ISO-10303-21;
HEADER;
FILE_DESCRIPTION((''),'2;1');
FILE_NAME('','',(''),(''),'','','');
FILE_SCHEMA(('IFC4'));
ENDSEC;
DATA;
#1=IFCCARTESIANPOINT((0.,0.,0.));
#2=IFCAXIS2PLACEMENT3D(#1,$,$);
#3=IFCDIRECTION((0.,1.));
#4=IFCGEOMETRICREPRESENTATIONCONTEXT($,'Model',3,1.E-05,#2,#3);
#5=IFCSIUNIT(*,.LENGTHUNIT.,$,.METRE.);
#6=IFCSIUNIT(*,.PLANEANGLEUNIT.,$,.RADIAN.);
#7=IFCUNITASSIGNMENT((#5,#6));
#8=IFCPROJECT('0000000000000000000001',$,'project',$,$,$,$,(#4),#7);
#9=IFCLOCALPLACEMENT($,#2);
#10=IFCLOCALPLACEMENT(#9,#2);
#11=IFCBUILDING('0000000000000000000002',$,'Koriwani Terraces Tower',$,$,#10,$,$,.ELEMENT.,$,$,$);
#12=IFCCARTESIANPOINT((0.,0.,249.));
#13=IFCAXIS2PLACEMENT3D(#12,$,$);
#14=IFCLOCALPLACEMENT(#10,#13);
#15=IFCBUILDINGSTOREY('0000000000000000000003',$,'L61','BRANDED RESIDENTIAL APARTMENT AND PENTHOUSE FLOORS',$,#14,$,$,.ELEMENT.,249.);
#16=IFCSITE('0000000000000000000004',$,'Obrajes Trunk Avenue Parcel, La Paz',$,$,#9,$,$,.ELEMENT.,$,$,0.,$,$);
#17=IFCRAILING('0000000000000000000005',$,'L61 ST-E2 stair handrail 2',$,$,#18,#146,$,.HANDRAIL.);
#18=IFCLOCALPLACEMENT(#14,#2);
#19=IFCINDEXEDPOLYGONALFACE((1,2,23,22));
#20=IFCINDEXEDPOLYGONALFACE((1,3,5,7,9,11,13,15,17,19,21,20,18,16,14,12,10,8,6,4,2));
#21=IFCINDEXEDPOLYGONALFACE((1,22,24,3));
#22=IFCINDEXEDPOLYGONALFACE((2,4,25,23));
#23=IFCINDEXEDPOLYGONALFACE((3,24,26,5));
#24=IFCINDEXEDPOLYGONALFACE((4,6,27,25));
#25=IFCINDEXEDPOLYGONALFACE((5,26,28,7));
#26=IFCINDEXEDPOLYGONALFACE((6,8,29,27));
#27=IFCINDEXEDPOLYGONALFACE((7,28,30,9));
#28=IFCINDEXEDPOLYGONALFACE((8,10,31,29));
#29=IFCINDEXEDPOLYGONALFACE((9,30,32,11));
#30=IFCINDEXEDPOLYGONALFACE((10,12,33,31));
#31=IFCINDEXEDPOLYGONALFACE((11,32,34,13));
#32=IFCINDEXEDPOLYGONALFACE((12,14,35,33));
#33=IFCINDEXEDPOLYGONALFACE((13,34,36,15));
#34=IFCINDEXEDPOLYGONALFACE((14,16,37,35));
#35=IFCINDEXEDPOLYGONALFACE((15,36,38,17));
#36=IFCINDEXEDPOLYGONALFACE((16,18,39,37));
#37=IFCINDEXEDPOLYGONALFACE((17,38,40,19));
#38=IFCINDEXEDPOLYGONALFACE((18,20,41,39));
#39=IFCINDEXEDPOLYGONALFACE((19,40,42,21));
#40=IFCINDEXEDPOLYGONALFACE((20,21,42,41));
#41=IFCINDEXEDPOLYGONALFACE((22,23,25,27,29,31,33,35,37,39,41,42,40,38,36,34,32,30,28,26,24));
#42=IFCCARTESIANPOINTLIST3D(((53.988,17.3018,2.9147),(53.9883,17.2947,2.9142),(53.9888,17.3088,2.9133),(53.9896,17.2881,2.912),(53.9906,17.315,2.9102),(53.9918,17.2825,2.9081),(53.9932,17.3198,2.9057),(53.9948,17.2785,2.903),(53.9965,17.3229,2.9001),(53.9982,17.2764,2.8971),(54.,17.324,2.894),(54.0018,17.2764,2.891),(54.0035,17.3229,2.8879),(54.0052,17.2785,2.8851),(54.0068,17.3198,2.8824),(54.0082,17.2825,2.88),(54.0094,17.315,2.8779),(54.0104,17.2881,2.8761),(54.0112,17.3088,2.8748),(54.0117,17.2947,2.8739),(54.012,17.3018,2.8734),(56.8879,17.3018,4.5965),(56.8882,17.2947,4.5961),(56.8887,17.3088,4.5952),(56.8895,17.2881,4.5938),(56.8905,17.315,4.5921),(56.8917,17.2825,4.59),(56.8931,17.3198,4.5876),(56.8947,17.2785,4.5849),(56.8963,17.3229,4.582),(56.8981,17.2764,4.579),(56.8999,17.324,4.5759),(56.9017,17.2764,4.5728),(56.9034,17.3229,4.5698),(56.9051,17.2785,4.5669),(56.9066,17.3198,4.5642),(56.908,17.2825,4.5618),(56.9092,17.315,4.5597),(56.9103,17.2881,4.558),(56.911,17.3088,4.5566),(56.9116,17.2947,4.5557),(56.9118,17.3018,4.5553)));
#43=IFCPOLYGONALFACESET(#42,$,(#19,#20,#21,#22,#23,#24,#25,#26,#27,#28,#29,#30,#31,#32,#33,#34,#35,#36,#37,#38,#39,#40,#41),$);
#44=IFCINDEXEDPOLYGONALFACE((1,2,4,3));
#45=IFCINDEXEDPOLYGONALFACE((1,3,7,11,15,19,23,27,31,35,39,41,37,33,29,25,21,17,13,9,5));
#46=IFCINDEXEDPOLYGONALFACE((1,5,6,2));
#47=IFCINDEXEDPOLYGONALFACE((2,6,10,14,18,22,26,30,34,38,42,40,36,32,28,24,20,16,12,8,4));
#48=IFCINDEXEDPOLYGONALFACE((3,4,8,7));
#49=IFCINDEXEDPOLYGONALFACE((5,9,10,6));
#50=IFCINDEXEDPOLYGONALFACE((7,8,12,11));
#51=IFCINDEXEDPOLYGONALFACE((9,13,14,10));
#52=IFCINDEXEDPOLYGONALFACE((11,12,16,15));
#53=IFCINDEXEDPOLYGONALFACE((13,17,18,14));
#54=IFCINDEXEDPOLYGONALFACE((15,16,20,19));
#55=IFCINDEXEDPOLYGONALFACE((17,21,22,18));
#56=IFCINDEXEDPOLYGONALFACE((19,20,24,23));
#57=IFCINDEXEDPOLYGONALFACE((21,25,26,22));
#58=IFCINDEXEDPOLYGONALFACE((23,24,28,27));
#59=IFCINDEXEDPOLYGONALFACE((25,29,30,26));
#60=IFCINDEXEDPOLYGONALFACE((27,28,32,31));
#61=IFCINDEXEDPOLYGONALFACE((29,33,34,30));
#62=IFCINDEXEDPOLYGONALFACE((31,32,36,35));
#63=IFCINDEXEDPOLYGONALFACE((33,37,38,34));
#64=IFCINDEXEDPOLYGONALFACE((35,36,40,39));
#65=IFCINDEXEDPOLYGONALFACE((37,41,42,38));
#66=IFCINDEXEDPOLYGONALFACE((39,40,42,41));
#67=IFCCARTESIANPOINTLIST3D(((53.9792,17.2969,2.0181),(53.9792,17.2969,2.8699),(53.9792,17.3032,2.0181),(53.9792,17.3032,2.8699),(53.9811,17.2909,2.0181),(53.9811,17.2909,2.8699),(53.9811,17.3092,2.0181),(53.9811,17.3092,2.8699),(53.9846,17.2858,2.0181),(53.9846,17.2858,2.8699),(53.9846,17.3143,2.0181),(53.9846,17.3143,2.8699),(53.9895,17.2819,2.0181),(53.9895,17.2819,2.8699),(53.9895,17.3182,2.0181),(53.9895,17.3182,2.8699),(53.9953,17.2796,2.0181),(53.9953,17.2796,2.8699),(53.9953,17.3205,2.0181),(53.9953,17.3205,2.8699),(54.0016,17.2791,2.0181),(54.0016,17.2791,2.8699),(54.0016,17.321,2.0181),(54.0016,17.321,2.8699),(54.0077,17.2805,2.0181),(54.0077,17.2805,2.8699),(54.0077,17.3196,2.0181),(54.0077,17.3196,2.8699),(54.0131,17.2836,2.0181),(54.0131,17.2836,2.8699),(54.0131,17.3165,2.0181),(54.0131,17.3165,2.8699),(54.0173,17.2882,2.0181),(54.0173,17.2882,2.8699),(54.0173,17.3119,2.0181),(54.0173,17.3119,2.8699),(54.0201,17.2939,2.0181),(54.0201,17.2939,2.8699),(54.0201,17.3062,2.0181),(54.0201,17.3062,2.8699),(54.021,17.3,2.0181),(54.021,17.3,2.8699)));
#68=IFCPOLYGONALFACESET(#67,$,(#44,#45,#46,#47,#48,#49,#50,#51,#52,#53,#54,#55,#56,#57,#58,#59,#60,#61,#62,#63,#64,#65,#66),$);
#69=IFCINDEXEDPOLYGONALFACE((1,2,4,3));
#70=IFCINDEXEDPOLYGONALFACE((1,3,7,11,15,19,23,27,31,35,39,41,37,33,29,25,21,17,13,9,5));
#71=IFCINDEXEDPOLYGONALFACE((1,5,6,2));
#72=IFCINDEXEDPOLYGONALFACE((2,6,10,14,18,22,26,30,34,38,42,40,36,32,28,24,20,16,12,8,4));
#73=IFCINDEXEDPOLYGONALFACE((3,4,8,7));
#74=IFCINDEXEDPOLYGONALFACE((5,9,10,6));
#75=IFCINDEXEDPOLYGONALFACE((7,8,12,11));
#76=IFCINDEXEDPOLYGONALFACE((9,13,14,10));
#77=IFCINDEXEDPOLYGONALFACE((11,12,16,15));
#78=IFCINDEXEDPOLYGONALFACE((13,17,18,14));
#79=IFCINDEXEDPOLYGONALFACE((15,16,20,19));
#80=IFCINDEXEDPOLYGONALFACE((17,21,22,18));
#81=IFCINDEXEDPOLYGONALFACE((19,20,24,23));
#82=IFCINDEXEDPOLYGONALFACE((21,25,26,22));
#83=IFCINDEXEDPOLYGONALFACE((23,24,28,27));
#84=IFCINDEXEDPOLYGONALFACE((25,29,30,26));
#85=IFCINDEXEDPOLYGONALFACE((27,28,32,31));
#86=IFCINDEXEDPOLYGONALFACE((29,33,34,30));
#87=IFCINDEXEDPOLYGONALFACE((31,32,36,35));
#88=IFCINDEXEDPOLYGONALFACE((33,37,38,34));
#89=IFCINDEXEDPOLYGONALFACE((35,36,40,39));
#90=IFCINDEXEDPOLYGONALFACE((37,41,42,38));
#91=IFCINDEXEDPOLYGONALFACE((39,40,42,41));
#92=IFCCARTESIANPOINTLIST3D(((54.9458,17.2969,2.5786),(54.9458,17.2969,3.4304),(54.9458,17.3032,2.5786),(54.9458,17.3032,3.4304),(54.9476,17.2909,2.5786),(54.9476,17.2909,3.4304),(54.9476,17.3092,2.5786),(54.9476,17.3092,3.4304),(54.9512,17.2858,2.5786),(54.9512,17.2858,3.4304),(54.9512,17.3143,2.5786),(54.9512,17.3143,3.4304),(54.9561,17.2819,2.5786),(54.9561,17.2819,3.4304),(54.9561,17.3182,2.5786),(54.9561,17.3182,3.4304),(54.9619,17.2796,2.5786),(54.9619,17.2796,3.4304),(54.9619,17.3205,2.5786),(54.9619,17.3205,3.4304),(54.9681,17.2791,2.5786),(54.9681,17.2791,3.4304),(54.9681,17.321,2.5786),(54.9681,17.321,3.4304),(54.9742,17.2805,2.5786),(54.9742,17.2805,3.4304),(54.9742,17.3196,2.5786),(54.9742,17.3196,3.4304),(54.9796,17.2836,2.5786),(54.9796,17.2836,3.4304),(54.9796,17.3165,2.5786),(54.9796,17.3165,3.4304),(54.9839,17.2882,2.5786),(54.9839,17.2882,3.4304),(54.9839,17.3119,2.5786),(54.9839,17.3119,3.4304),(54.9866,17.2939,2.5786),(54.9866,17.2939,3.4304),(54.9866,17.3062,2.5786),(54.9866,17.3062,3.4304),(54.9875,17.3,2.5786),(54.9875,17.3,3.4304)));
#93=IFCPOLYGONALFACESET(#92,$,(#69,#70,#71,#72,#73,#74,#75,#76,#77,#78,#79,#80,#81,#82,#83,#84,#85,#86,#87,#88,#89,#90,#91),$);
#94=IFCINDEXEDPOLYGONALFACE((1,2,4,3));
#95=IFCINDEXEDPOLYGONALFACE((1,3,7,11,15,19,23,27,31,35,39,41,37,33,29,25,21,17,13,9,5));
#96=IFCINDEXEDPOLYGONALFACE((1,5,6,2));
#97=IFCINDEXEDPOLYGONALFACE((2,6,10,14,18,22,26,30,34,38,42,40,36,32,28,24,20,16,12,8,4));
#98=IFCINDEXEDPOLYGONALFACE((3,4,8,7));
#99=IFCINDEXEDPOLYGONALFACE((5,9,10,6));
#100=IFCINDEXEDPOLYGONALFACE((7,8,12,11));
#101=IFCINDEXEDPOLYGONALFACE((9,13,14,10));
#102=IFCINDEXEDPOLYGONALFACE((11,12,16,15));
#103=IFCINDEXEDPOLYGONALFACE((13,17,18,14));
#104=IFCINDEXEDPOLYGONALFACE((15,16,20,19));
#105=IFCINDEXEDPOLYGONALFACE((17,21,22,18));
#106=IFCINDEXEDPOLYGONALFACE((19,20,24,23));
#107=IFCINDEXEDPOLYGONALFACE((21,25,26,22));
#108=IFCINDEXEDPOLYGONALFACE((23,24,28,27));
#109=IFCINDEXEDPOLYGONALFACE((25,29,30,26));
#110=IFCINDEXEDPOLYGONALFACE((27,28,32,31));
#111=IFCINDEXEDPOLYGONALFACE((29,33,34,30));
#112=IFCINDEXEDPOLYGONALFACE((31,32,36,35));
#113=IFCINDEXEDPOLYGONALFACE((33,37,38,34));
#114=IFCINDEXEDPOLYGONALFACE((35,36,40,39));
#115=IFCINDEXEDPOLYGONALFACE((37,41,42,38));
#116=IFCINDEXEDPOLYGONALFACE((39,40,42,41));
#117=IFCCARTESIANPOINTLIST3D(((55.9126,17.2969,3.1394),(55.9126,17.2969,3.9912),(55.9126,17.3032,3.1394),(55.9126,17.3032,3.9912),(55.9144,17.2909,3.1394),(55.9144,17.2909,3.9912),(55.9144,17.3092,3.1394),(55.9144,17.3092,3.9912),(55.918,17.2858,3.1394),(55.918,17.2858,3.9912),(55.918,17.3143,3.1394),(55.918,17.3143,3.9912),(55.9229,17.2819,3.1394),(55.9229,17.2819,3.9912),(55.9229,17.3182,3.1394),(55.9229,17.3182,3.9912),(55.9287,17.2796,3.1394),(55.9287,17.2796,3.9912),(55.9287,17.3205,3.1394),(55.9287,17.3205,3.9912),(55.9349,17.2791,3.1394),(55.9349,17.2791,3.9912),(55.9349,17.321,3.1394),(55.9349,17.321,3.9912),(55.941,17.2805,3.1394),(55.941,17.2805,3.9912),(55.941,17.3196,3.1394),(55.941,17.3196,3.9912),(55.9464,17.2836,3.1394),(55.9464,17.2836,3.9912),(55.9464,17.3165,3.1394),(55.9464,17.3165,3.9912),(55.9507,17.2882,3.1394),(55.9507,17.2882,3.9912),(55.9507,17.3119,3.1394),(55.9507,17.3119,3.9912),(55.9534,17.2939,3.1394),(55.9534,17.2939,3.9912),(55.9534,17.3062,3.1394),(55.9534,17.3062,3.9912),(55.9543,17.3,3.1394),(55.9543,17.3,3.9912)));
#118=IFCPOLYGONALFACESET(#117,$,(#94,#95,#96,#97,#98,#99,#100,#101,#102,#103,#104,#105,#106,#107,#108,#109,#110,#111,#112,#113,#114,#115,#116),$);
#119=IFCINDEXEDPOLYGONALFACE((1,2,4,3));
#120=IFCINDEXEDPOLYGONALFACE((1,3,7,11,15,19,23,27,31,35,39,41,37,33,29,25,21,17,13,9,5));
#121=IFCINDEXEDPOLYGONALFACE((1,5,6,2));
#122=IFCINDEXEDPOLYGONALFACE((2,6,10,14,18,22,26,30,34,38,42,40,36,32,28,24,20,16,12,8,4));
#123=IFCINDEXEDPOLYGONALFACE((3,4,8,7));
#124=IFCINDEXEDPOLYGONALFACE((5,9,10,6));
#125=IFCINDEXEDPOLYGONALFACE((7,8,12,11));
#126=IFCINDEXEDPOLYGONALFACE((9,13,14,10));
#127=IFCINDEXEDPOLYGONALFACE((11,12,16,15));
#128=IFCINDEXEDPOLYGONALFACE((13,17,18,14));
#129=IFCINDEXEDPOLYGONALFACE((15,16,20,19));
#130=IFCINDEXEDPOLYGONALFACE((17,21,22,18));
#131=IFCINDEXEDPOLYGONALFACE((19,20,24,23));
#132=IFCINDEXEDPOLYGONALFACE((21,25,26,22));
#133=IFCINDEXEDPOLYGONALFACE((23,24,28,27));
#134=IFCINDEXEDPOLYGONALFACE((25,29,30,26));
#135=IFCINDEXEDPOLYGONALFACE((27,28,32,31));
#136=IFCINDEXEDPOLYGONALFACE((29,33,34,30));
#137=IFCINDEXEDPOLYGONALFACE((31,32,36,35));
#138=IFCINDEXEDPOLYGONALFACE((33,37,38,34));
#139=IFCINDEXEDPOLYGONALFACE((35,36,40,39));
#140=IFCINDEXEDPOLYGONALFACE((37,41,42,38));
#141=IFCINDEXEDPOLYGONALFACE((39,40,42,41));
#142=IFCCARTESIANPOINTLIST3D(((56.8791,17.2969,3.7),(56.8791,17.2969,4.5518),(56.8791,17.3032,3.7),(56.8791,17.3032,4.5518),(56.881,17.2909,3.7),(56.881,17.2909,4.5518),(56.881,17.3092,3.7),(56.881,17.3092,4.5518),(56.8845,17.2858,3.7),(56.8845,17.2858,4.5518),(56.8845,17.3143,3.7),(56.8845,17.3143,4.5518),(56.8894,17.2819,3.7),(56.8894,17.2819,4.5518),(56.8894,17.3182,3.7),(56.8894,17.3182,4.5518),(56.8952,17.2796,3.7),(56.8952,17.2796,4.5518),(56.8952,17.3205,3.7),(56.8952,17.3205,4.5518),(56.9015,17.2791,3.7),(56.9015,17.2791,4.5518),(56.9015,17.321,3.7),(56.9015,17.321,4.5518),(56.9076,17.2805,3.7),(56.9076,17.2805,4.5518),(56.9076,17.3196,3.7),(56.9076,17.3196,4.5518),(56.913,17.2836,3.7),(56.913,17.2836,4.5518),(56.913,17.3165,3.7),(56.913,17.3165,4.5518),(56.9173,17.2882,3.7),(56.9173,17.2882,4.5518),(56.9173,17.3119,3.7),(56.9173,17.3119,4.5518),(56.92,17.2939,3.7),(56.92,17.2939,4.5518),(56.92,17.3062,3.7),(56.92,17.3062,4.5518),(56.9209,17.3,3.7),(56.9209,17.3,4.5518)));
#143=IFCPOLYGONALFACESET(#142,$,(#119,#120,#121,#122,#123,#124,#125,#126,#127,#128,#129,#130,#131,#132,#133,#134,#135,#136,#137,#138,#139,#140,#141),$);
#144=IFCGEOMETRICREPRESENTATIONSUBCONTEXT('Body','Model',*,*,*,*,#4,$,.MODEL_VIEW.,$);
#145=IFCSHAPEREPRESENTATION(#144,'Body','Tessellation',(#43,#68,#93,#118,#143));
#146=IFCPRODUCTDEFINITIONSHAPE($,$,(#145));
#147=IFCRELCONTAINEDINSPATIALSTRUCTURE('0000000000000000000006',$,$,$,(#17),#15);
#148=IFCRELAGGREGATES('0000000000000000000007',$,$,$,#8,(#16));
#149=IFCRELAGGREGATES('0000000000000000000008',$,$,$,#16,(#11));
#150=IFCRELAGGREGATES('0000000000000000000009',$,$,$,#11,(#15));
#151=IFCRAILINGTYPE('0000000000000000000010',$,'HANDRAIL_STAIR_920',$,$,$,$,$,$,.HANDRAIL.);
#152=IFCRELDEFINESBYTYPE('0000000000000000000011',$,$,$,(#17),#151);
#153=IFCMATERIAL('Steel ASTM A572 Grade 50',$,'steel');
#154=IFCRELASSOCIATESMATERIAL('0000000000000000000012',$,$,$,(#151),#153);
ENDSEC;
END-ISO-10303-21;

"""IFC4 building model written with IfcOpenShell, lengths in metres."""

from ifc_helpers import new_model, si_unit, direction, frame, origin, origin_2d, place, context, subcontext, project, spatial, circle, extrude, material, type_object, element, save


model = new_model("IFC4")

# Units and contexts
model_context = context("Model", 3, precision=1e-05, world=origin(), true_north=direction((0.0, 1.0)))
body_context = subcontext(model_context, "Body", "Model", "MODEL_VIEW")
ifc_project = project(units=[si_unit("LENGTHUNIT", "METRE"), si_unit("PLANEANGLEUNIT", "RADIAN")], contexts=[model_context])

# Site, building, storey
site_placement = place(None, origin())
site = spatial("IfcSite", under=ifc_project, at=site_placement, Name="Obrajes Trunk Avenue Parcel, La Paz", CompositionType="ELEMENT", RefElevation=0.0)
building_placement = place(site_placement, origin())
building = spatial("IfcBuilding", under=site, at=building_placement, Name="Koriwani Terraces Tower", CompositionType="ELEMENT")
storey_placement = place(building_placement, frame((0.0, 0.0, 249.0)))
storey = spatial("IfcBuildingStorey", under=building, at=storey_placement, Name="L61", Description="BRANDED RESIDENTIAL APARTMENT AND PENTHOUSE FLOORS", CompositionType="ELEMENT", Elevation=249.0)

# Shared definitions
ifc_material_1 = material(Name="Steel ASTM A572 Grade 50", Category="steel")

# Railing
railing_type_1 = type_object("IfcRailingType", Name="HANDRAIL_STAIR_920", PredefinedType="HANDRAIL", material=ifc_material_1)
railing_1_placement = place(storey_placement, frame((54.0, 17.3, 2.0181)))
element("IfcRailing", 1, at=railing_1_placement, inside=storey, type_object=railing_type_1, Name="L61 ST-E2 stair handrail 2", PredefinedType="HANDRAIL", context=body_context, shape_type="SweptSolid", body=[
    extrude(circle(Radius=0.0239, at=origin_2d()), frame((0.0, 0.0, 0.876), z_axis=(0.865039, 0.0, 0.501705), x_axis=(0.0, 1.0, 0.0)), (0.0, 0.0, 1.0), 3.3523),
    extrude(circle(Radius=0.021, at=origin_2d()), origin(), (0.0, 0.0, 1.0), 0.8518),
    extrude(circle(Radius=0.021, at=origin_2d()), frame((0.9666, 0.0, 0.5605)), (0.0, 0.0, 1.0), 0.8518),
    extrude(circle(Radius=0.021, at=origin_2d()), frame((1.9333, 0.0, 1.1213)), (0.0, 0.0, 1.0), 0.8518),
    extrude(circle(Radius=0.021, at=origin_2d()), frame((2.8999, 0.0, 1.6819)), (0.0, 0.0, 1.0), 0.8518),
])

save(model, "model.ifc")
